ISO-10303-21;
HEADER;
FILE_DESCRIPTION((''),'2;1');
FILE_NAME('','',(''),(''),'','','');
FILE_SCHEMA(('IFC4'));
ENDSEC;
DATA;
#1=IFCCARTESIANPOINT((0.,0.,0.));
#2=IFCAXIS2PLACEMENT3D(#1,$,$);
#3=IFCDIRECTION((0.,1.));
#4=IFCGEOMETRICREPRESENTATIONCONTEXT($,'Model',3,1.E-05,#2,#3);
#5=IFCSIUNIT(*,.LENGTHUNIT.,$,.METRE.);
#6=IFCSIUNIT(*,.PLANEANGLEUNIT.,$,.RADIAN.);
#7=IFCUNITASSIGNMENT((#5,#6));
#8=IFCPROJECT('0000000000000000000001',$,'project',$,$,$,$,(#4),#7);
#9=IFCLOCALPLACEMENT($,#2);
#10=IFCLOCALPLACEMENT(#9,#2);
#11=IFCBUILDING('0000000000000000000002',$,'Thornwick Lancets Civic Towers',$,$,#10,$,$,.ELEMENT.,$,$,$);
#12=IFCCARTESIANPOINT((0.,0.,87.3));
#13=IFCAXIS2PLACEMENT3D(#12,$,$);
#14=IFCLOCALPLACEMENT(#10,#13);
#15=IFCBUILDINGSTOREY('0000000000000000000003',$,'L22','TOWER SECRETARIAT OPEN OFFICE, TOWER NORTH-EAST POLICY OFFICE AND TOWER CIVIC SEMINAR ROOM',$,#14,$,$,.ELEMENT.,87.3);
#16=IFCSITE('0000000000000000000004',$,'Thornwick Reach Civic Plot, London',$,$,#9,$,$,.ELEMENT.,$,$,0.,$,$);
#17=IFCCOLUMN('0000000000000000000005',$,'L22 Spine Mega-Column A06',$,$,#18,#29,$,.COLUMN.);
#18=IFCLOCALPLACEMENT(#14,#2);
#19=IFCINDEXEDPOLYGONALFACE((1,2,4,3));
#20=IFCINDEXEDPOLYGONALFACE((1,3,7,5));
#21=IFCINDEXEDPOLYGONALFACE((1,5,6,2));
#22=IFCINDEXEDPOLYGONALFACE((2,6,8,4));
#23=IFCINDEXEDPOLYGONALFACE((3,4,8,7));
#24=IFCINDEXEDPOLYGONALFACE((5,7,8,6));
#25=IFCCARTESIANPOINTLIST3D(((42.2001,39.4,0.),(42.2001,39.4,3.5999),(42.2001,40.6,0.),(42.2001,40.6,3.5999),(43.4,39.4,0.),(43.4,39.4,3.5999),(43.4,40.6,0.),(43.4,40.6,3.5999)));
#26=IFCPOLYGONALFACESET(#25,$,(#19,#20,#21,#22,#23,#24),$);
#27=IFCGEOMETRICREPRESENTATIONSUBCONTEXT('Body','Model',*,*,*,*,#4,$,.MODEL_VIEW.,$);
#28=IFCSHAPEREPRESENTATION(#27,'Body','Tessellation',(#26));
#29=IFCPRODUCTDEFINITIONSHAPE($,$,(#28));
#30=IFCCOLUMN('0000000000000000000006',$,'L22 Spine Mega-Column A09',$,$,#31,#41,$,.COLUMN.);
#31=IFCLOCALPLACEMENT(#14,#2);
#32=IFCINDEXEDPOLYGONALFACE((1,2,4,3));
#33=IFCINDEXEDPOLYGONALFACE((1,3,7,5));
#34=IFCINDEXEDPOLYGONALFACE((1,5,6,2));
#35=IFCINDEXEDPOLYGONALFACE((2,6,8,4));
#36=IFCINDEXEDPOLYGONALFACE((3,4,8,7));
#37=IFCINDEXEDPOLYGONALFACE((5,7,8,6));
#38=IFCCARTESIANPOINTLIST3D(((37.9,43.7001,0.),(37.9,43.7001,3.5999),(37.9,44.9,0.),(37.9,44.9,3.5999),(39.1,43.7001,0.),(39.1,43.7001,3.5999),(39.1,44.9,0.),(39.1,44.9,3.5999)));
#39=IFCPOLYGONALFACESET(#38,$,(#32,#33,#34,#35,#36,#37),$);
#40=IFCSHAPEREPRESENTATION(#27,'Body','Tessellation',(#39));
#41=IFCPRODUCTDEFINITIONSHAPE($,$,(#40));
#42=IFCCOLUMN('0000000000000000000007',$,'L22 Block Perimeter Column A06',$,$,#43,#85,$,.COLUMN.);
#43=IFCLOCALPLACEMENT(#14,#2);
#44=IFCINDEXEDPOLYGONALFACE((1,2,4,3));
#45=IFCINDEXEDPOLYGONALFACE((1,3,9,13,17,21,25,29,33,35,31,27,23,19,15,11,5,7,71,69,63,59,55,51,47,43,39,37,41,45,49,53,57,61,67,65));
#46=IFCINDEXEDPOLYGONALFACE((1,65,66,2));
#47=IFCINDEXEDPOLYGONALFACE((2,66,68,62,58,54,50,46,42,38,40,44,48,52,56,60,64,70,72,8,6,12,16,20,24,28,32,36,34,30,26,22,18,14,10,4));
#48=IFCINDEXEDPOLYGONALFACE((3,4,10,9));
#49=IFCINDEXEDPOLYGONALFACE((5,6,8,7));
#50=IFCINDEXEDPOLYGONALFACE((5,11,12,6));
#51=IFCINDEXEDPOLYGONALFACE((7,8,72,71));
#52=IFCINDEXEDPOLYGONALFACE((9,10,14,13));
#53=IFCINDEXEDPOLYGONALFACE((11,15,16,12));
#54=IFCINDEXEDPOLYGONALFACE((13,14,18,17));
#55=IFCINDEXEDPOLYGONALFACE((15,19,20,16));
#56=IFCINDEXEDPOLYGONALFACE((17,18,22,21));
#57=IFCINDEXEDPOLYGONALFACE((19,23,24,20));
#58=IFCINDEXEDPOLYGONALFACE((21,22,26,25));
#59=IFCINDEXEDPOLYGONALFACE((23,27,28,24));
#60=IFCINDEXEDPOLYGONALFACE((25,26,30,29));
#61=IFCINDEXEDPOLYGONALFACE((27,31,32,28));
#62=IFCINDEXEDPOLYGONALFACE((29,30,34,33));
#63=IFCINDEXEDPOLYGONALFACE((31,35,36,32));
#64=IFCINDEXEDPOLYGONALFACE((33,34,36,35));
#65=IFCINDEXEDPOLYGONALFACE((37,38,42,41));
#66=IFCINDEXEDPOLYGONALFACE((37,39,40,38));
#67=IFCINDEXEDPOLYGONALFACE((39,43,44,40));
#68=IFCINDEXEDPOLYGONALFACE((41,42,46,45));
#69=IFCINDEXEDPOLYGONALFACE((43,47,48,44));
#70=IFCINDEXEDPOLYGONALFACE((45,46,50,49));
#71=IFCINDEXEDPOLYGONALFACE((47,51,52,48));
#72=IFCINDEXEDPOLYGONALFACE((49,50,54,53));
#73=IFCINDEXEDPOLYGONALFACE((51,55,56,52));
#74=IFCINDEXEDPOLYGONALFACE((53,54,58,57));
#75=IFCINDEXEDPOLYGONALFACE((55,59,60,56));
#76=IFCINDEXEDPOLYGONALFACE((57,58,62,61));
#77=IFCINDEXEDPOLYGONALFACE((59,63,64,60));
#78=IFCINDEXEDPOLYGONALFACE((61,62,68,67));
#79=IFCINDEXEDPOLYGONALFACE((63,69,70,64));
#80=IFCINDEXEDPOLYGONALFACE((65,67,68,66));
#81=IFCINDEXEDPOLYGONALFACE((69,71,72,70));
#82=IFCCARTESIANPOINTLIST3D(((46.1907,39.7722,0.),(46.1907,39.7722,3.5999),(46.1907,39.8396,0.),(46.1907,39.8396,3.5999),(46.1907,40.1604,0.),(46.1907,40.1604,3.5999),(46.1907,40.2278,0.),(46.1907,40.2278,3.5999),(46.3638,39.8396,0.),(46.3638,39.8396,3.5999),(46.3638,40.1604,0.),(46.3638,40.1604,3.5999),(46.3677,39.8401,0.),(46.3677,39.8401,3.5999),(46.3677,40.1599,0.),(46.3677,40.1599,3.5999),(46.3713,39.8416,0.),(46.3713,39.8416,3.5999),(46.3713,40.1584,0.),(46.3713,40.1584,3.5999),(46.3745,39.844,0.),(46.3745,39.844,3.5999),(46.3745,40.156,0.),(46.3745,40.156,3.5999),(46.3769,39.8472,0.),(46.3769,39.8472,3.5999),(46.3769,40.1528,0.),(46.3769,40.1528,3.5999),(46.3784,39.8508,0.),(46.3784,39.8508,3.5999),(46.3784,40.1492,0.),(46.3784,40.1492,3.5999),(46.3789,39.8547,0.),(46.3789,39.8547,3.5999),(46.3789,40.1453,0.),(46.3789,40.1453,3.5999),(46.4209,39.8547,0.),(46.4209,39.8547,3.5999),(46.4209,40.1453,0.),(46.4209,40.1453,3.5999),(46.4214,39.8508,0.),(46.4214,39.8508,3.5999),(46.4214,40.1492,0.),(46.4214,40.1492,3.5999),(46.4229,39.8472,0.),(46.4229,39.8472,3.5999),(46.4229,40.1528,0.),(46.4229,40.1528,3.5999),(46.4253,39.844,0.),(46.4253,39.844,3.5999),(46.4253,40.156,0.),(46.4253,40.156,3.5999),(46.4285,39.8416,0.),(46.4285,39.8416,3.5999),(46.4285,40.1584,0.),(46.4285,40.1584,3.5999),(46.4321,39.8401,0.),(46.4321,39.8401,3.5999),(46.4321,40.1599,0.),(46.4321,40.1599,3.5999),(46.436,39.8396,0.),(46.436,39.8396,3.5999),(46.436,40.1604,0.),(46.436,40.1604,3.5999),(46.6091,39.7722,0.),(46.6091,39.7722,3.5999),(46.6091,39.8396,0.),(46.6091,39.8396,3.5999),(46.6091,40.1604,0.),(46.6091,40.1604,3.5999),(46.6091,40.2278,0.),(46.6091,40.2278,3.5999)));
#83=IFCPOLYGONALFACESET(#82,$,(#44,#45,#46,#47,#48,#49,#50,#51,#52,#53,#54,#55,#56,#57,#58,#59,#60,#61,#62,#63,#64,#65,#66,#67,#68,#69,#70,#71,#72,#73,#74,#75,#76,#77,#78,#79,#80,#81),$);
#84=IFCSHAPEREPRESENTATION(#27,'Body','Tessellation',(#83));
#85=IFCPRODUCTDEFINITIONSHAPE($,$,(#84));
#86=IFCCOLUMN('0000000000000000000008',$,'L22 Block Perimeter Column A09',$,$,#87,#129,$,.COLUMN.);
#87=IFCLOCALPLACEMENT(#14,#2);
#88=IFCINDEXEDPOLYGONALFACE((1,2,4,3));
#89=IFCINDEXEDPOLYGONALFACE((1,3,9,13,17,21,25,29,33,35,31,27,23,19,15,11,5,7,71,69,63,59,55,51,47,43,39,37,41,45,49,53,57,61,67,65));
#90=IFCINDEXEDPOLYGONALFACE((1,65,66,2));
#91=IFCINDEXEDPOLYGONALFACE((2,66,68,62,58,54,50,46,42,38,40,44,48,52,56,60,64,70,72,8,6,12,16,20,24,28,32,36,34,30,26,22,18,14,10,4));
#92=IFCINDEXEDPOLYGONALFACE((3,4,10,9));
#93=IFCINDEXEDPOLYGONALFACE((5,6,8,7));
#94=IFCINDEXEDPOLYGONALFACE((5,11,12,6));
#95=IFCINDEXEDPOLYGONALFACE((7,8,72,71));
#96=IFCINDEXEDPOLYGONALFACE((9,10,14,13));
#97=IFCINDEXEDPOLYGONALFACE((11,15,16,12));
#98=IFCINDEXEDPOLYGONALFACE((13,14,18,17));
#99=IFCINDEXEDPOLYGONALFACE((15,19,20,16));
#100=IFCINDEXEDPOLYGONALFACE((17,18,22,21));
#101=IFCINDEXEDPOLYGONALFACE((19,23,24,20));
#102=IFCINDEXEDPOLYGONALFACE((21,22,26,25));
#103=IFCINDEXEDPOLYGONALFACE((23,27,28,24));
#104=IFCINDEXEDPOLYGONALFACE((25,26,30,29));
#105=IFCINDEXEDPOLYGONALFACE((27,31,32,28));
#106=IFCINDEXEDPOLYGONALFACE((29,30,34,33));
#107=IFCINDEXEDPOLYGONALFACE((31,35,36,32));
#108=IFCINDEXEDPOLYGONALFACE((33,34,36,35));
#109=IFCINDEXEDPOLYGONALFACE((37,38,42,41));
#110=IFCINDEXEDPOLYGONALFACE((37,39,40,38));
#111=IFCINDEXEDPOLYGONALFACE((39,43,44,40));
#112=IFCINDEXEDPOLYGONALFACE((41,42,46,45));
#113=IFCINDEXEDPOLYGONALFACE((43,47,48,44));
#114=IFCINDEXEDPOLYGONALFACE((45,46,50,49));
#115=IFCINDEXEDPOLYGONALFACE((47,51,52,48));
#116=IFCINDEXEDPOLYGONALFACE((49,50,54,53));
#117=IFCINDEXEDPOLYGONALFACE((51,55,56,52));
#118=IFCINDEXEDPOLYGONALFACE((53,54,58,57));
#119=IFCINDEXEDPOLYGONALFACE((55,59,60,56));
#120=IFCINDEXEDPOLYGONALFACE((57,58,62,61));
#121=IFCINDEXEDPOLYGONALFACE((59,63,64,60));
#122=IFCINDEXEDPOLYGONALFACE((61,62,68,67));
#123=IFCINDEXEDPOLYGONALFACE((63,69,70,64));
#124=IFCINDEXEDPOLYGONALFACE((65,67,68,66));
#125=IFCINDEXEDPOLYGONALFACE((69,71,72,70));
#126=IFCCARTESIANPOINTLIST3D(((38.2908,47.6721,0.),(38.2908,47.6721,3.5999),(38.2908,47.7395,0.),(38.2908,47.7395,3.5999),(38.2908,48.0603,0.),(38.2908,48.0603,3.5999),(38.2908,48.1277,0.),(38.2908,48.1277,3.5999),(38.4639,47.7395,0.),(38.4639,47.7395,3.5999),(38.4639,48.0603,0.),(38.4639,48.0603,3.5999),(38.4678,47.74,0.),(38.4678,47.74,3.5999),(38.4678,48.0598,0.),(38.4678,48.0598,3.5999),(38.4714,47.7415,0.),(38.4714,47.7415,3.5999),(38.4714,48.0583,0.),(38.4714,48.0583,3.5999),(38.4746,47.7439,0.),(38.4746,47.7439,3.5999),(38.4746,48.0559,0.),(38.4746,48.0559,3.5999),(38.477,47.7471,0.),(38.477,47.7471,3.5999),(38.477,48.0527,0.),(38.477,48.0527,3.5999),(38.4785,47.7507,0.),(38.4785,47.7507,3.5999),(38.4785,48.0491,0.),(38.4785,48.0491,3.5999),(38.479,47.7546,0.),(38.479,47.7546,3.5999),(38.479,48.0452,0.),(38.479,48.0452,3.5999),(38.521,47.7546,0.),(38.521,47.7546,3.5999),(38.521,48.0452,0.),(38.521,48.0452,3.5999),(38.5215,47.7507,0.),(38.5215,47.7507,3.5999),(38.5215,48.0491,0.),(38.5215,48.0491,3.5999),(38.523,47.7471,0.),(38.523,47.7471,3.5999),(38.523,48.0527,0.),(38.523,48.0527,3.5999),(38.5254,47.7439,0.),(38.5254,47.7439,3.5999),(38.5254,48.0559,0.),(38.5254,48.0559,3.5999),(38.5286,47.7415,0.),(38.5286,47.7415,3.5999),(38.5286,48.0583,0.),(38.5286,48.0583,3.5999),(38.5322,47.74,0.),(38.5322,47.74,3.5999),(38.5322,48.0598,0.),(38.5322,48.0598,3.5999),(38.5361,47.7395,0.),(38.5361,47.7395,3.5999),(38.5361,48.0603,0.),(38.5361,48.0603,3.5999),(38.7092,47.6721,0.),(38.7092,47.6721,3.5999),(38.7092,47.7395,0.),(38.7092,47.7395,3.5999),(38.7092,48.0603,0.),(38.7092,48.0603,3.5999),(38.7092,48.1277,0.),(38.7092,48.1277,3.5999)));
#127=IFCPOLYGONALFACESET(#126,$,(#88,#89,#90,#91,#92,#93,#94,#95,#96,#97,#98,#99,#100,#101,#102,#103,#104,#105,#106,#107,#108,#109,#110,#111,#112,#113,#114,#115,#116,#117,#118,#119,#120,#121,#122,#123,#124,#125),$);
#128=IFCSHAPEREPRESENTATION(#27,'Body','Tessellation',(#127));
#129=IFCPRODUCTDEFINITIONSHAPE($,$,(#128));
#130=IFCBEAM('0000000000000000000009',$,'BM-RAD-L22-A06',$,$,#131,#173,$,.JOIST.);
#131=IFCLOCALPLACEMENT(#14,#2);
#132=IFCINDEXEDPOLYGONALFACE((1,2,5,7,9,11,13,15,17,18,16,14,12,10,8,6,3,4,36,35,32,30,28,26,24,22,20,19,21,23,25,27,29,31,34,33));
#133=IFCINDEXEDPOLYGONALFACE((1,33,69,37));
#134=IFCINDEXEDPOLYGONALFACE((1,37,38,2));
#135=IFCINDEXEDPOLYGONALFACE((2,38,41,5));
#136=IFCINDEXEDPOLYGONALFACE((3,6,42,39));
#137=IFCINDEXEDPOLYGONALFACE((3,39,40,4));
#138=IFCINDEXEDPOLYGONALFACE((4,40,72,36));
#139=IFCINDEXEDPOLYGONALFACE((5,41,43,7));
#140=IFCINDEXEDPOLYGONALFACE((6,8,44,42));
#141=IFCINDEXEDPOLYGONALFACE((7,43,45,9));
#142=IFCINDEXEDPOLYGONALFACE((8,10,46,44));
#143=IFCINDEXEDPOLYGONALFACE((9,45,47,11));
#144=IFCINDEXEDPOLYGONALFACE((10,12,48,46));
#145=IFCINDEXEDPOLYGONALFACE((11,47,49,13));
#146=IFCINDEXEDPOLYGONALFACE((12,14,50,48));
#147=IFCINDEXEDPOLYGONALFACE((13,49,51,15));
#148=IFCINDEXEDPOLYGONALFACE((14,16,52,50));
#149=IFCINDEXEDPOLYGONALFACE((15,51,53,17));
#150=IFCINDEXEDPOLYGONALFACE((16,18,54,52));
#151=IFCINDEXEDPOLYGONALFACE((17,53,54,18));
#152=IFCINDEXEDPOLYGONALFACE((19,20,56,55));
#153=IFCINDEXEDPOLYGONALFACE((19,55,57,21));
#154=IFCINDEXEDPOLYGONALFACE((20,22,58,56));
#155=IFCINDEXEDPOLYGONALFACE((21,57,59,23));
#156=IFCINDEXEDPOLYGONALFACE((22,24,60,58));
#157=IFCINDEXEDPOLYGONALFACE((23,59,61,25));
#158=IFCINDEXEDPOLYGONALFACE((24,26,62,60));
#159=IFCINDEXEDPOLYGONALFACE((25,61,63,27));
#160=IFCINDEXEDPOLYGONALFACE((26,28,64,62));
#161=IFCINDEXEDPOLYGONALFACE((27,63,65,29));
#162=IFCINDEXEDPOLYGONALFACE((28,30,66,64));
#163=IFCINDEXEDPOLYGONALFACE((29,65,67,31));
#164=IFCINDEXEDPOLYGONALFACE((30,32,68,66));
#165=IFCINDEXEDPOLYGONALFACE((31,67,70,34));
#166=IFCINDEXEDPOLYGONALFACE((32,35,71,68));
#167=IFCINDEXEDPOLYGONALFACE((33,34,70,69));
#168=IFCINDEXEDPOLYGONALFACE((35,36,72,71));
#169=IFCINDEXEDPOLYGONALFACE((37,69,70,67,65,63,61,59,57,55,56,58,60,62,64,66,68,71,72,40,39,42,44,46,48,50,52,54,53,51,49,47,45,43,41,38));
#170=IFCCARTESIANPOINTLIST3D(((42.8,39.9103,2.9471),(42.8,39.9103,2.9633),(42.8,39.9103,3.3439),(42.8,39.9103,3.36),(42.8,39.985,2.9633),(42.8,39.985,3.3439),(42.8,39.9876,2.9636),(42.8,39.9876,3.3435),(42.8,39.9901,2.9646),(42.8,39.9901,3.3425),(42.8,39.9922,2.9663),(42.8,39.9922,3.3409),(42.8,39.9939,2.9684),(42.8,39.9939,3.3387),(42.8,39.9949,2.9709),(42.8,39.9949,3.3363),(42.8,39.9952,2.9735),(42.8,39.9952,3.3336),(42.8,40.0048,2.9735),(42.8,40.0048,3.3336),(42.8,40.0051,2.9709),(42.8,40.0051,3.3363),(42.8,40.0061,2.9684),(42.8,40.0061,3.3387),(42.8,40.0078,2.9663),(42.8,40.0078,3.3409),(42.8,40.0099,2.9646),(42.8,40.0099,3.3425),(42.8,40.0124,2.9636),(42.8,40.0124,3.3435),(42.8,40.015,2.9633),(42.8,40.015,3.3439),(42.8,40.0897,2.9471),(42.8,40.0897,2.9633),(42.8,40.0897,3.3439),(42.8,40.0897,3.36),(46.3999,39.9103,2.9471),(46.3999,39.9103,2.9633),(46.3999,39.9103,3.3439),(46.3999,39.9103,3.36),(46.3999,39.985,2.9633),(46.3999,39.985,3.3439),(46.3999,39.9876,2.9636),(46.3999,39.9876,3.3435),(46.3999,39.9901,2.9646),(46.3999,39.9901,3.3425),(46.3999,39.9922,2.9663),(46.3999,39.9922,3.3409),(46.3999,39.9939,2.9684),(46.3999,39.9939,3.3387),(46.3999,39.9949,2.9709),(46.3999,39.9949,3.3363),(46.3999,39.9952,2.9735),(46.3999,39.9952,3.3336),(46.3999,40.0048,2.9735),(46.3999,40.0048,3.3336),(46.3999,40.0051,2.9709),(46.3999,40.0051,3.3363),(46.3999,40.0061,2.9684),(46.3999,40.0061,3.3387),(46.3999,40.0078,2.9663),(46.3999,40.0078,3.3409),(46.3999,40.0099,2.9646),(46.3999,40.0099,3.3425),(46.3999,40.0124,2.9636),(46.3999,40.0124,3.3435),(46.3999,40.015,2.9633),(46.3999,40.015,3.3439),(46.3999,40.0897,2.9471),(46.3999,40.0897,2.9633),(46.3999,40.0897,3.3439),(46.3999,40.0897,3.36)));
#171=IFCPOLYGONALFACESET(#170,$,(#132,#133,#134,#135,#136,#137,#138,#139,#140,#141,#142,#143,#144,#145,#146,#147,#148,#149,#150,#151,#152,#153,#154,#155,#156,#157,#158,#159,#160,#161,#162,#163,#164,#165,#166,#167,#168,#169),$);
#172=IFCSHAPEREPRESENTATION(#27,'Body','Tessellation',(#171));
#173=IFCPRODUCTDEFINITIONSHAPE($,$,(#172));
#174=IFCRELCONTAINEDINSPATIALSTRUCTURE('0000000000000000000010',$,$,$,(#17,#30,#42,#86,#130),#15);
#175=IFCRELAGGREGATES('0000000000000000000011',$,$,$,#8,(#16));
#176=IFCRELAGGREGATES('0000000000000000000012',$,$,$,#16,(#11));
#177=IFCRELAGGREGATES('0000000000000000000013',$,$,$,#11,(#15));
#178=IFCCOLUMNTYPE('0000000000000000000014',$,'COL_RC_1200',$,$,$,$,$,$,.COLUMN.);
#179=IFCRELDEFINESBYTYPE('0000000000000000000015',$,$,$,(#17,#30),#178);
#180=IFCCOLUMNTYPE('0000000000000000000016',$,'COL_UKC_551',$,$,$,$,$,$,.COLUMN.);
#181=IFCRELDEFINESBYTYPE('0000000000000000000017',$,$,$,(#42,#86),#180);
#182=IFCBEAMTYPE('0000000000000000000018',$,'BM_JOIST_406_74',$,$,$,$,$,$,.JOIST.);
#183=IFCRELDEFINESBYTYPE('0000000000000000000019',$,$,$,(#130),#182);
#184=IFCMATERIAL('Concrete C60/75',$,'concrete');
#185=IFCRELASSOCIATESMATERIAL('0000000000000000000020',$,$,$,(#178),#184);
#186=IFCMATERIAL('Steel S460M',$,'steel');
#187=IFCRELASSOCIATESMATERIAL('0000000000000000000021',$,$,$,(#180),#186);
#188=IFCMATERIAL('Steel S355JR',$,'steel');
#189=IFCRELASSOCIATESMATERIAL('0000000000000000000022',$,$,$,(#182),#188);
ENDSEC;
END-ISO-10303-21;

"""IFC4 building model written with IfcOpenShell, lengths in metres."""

from ifc_helpers import new_model, si_unit, direction, frame, origin, origin_2d, place, context, subcontext, project, spatial, rectangle, i_section, extrude, material, material_profile, profile_set, type_object, element, save


model = new_model("IFC4")

# Units and contexts
model_context = context("Model", 3, precision=1e-05, world=origin(), true_north=direction((0.0, 1.0)))
body_context = subcontext(model_context, "Body", "Model", "MODEL_VIEW")
ifc_project = project(units=[si_unit("LENGTHUNIT", "METRE"), si_unit("PLANEANGLEUNIT", "RADIAN")], contexts=[model_context])

# Site, building, storey
site_placement = place(None, origin())
site = spatial("IfcSite", under=ifc_project, at=site_placement, Name="Thornwick Reach Civic Plot, London", CompositionType="ELEMENT", RefElevation=0.0)
building_placement = place(site_placement, origin())
building = spatial("IfcBuilding", under=site, at=building_placement, Name="Thornwick Lancets Civic Towers", CompositionType="ELEMENT")
storey_placement = place(building_placement, frame((0.0, 0.0, 87.3)))
storey = spatial("IfcBuildingStorey", under=building, at=storey_placement, Name="L22", Description="TOWER SECRETARIAT OPEN OFFICE, TOWER NORTH-EAST POLICY OFFICE AND TOWER CIVIC SEMINAR ROOM", CompositionType="ELEMENT", Elevation=87.3)

# Columns
ifc_material_1 = material(Name="Concrete C60/75", Category="concrete")
ifc_material_profile_1 = material_profile(ifc_material_1, rectangle(XDim=1.2, YDim=1.2, at=origin_2d()), Name="RC 1200x1200")
ifc_profile_set_1 = profile_set([ifc_material_profile_1], Name="Concrete C60/75")
column_type_1 = type_object("IfcColumnType", Name="COL_RC_1200", PredefinedType="COLUMN", material=ifc_profile_set_1)
for number, where, z_axis, x_axis, name in (
    (1, (42.8, 40.0, 0.0), (0.0, 0.0, 1.0), (1.0, 0.0, 0.0), "L22 Spine Mega-Column A06"),
    (2, (38.5, 44.3, 0.0), (0.0, 0.0, 1.0), (1.0, 0.0, 0.0), "L22 Spine Mega-Column A09"),
):
    element("IfcColumn", number, at=place(storey_placement, frame(where, z_axis=z_axis, x_axis=x_axis)), inside=storey, type_object=column_type_1, Name=name, PredefinedType="COLUMN", context=body_context, shape_type="SweptSolid", body=[
        extrude(rectangle(XDim=1.2, YDim=1.2, at=origin_2d()), origin(), (0.0, 0.0, 1.0), 3.5999),
    ])
ifc_material_2 = material(Name="Steel S460M", Category="steel")
ifc_material_profile_2 = material_profile(ifc_material_2, i_section(OverallWidth=0.4185, OverallDepth=0.4556, WebThickness=0.042, FlangeThickness=0.0674, FilletRadius=0.0151, at=origin_2d()), Name="UKC 356x406x551")
ifc_profile_set_2 = profile_set([ifc_material_profile_2], Name="Steel S460M")
column_type_2 = type_object("IfcColumnType", Name="COL_UKC_551", PredefinedType="COLUMN", material=ifc_profile_set_2)
for number, where, z_axis, x_axis, name in (
    (3, (46.3999, 40.0, 0.0), (0.0, 0.0, 1.0), (1.0, 0.0, 0.0), "L22 Block Perimeter Column A06"),
    (4, (38.5, 47.8999, 0.0), (0.0, 0.0, 1.0), (1.0, 0.0, 0.0), "L22 Block Perimeter Column A09"),
):
    element("IfcColumn", number, at=place(storey_placement, frame(where, z_axis=z_axis, x_axis=x_axis)), inside=storey, type_object=column_type_2, Name=name, PredefinedType="COLUMN", context=body_context, shape_type="SweptSolid", body=[
        extrude(i_section(OverallWidth=0.4185, OverallDepth=0.4556, WebThickness=0.042, FlangeThickness=0.0674, FilletRadius=0.0151, at=origin_2d()), origin(), (0.0, 0.0, 1.0), 3.5999),
    ])

# Beam
ifc_material_3 = material(Name="Steel S355JR", Category="steel")
ifc_material_profile_3 = material_profile(ifc_material_3, i_section(OverallWidth=0.1794, OverallDepth=0.4128, WebThickness=0.0095, FlangeThickness=0.0161, FilletRadius=0.0103, at=origin_2d()), Name="UKB 406x178x74")
ifc_profile_set_3 = profile_set([ifc_material_profile_3], Name="Steel S355JR")
beam_type_1 = type_object("IfcBeamType", Name="BM_JOIST_406_74", PredefinedType="JOIST", material=ifc_profile_set_3)
for number, where, z_axis, x_axis, name in (
    (5, (42.8, 40.0, 3.1536), (1.0, 0.0, 0.0), (0.0, 1.0, 0.0), "BM-RAD-L22-A06"),
):
    element("IfcBeam", number, at=place(storey_placement, frame(where, z_axis=z_axis, x_axis=x_axis)), inside=storey, type_object=beam_type_1, Name=name, PredefinedType="JOIST", context=body_context, shape_type="SweptSolid", body=[
        extrude(i_section(OverallWidth=0.1794, OverallDepth=0.4128, WebThickness=0.0095, FlangeThickness=0.0161, FilletRadius=0.0103, at=origin_2d()), origin(), (0.0, 0.0, 1.0), 3.5999),
    ])

save(model, "model.ifc")
